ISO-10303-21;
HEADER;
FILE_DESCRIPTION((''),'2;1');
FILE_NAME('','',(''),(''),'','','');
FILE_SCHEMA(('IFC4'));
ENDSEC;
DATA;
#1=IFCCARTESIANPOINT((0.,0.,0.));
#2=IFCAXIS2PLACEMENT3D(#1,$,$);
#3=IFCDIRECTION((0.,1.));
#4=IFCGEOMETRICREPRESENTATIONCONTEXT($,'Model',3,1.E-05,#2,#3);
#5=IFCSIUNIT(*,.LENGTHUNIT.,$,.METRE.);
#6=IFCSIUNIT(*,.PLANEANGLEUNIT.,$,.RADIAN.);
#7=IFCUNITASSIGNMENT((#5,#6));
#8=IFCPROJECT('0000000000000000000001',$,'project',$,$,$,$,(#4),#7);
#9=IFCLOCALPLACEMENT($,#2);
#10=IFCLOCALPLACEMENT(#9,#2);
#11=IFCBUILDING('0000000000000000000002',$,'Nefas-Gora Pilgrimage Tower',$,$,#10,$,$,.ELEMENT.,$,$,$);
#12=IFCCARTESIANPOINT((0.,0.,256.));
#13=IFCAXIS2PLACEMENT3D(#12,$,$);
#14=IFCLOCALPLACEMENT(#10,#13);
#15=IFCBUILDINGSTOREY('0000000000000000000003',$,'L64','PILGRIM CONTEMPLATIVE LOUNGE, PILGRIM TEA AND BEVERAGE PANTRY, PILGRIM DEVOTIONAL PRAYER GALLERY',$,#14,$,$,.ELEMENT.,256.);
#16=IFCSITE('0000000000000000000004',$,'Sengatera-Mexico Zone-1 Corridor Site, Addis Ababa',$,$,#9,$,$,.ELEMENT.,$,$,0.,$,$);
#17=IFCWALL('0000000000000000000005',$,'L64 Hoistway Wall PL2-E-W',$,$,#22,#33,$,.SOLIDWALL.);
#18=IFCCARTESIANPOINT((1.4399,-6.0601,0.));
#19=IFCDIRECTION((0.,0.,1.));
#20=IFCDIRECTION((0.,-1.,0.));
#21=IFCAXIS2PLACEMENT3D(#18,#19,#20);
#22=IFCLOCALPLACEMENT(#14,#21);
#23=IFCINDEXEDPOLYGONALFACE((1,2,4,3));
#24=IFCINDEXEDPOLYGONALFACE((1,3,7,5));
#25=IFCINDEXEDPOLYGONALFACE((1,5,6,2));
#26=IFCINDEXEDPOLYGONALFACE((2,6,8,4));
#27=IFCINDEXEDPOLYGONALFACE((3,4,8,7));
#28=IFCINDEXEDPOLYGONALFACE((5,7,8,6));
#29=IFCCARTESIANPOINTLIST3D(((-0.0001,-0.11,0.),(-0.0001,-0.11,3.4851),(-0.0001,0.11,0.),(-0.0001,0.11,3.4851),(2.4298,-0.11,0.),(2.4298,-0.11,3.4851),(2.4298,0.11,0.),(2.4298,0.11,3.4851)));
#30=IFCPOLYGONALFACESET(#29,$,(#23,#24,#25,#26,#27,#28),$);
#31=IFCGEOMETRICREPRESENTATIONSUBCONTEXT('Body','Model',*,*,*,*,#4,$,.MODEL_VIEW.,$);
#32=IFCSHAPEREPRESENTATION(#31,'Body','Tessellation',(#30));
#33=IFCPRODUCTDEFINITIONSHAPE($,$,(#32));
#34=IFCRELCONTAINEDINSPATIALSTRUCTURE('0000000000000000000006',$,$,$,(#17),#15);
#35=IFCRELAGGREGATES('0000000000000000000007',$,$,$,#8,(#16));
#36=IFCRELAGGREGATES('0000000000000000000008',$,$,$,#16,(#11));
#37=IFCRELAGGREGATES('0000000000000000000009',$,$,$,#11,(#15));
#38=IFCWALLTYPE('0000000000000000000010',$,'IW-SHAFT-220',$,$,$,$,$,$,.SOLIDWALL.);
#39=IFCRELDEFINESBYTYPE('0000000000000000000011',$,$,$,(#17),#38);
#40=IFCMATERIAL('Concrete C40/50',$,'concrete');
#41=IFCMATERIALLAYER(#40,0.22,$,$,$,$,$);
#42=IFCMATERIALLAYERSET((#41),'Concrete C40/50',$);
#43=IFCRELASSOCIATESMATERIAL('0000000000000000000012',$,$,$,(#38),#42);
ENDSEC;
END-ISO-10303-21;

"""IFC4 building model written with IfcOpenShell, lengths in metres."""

from ifc_helpers import new_model, si_unit, direction, frame, frame_2d, origin, place, context, subcontext, project, spatial, rectangle, extrude, source, transform, mapped, material, layer, layer_set, type_object, element, save


model = new_model("IFC4")

# Units and contexts
model_context = context("Model", 3, precision=1e-05, world=origin(), true_north=direction((0.0, 1.0)))
body_context = subcontext(model_context, "Body", "Model", "MODEL_VIEW")
ifc_project = project(units=[si_unit("LENGTHUNIT", "METRE"), si_unit("PLANEANGLEUNIT", "RADIAN")], contexts=[model_context])

# Site, building, storey
site_placement = place(None, origin())
site = spatial("IfcSite", under=ifc_project, at=site_placement, Name="Sengatera-Mexico Zone-1 Corridor Site, Addis Ababa", CompositionType="ELEMENT", RefElevation=0.0)
building_placement = place(site_placement, origin())
building = spatial("IfcBuilding", under=site, at=building_placement, Name="Nefas-Gora Pilgrimage Tower", CompositionType="ELEMENT")
storey_placement = place(building_placement, frame((0.0, 0.0, 256.0)))
storey = spatial("IfcBuildingStorey", under=building, at=storey_placement, Name="L64", Description="PILGRIM CONTEMPLATIVE LOUNGE, PILGRIM TEA AND BEVERAGE PANTRY, PILGRIM DEVOTIONAL PRAYER GALLERY", CompositionType="ELEMENT", Elevation=256.0)

# Shared definitions
ifc_material_1 = material(Name="Concrete C40/50", Category="concrete")
ifc_layer_1 = layer(ifc_material_1, 0.22)
ifc_layer_set_1 = layer_set([ifc_layer_1], Name="Concrete C40/50")
wall_type_1 = type_object("IfcWallType", Name="IW-SHAFT-220", PredefinedType="SOLIDWALL", material=ifc_layer_set_1)

# Wall
shared_shape_1 = source(origin(), body_context, "Body", "SweptSolid", [
    extrude(rectangle(XDim=2.4299, YDim=0.22, at=frame_2d((1.2148, 0.0))), origin(), (0.0, 0.0, 1.0), 3.4851),
])
for number, where, z_axis, x_axis, name in (
    (1, (1.4399, -6.0601, 0.0), (0.0, 0.0, 1.0), (0.0, -1.0, 0.0), "L64 Hoistway Wall PL2-E-W"),
):
    element("IfcWall", number, at=place(storey_placement, frame(where, z_axis=z_axis, x_axis=x_axis)), inside=storey, type_object=wall_type_1, Name=name, PredefinedType="SOLIDWALL", context=body_context, shape_type="MappedRepresentation", body=[
        mapped(shared_shape_1, transform((0.0, 0.0, 0.0), x_axis=(1.0, 0.0, 0.0), y_axis=(0.0, 1.0, 0.0), z_axis=(0.0, 0.0, 1.0), scale=1.0)),
    ])

save(model, "model.ifc")
